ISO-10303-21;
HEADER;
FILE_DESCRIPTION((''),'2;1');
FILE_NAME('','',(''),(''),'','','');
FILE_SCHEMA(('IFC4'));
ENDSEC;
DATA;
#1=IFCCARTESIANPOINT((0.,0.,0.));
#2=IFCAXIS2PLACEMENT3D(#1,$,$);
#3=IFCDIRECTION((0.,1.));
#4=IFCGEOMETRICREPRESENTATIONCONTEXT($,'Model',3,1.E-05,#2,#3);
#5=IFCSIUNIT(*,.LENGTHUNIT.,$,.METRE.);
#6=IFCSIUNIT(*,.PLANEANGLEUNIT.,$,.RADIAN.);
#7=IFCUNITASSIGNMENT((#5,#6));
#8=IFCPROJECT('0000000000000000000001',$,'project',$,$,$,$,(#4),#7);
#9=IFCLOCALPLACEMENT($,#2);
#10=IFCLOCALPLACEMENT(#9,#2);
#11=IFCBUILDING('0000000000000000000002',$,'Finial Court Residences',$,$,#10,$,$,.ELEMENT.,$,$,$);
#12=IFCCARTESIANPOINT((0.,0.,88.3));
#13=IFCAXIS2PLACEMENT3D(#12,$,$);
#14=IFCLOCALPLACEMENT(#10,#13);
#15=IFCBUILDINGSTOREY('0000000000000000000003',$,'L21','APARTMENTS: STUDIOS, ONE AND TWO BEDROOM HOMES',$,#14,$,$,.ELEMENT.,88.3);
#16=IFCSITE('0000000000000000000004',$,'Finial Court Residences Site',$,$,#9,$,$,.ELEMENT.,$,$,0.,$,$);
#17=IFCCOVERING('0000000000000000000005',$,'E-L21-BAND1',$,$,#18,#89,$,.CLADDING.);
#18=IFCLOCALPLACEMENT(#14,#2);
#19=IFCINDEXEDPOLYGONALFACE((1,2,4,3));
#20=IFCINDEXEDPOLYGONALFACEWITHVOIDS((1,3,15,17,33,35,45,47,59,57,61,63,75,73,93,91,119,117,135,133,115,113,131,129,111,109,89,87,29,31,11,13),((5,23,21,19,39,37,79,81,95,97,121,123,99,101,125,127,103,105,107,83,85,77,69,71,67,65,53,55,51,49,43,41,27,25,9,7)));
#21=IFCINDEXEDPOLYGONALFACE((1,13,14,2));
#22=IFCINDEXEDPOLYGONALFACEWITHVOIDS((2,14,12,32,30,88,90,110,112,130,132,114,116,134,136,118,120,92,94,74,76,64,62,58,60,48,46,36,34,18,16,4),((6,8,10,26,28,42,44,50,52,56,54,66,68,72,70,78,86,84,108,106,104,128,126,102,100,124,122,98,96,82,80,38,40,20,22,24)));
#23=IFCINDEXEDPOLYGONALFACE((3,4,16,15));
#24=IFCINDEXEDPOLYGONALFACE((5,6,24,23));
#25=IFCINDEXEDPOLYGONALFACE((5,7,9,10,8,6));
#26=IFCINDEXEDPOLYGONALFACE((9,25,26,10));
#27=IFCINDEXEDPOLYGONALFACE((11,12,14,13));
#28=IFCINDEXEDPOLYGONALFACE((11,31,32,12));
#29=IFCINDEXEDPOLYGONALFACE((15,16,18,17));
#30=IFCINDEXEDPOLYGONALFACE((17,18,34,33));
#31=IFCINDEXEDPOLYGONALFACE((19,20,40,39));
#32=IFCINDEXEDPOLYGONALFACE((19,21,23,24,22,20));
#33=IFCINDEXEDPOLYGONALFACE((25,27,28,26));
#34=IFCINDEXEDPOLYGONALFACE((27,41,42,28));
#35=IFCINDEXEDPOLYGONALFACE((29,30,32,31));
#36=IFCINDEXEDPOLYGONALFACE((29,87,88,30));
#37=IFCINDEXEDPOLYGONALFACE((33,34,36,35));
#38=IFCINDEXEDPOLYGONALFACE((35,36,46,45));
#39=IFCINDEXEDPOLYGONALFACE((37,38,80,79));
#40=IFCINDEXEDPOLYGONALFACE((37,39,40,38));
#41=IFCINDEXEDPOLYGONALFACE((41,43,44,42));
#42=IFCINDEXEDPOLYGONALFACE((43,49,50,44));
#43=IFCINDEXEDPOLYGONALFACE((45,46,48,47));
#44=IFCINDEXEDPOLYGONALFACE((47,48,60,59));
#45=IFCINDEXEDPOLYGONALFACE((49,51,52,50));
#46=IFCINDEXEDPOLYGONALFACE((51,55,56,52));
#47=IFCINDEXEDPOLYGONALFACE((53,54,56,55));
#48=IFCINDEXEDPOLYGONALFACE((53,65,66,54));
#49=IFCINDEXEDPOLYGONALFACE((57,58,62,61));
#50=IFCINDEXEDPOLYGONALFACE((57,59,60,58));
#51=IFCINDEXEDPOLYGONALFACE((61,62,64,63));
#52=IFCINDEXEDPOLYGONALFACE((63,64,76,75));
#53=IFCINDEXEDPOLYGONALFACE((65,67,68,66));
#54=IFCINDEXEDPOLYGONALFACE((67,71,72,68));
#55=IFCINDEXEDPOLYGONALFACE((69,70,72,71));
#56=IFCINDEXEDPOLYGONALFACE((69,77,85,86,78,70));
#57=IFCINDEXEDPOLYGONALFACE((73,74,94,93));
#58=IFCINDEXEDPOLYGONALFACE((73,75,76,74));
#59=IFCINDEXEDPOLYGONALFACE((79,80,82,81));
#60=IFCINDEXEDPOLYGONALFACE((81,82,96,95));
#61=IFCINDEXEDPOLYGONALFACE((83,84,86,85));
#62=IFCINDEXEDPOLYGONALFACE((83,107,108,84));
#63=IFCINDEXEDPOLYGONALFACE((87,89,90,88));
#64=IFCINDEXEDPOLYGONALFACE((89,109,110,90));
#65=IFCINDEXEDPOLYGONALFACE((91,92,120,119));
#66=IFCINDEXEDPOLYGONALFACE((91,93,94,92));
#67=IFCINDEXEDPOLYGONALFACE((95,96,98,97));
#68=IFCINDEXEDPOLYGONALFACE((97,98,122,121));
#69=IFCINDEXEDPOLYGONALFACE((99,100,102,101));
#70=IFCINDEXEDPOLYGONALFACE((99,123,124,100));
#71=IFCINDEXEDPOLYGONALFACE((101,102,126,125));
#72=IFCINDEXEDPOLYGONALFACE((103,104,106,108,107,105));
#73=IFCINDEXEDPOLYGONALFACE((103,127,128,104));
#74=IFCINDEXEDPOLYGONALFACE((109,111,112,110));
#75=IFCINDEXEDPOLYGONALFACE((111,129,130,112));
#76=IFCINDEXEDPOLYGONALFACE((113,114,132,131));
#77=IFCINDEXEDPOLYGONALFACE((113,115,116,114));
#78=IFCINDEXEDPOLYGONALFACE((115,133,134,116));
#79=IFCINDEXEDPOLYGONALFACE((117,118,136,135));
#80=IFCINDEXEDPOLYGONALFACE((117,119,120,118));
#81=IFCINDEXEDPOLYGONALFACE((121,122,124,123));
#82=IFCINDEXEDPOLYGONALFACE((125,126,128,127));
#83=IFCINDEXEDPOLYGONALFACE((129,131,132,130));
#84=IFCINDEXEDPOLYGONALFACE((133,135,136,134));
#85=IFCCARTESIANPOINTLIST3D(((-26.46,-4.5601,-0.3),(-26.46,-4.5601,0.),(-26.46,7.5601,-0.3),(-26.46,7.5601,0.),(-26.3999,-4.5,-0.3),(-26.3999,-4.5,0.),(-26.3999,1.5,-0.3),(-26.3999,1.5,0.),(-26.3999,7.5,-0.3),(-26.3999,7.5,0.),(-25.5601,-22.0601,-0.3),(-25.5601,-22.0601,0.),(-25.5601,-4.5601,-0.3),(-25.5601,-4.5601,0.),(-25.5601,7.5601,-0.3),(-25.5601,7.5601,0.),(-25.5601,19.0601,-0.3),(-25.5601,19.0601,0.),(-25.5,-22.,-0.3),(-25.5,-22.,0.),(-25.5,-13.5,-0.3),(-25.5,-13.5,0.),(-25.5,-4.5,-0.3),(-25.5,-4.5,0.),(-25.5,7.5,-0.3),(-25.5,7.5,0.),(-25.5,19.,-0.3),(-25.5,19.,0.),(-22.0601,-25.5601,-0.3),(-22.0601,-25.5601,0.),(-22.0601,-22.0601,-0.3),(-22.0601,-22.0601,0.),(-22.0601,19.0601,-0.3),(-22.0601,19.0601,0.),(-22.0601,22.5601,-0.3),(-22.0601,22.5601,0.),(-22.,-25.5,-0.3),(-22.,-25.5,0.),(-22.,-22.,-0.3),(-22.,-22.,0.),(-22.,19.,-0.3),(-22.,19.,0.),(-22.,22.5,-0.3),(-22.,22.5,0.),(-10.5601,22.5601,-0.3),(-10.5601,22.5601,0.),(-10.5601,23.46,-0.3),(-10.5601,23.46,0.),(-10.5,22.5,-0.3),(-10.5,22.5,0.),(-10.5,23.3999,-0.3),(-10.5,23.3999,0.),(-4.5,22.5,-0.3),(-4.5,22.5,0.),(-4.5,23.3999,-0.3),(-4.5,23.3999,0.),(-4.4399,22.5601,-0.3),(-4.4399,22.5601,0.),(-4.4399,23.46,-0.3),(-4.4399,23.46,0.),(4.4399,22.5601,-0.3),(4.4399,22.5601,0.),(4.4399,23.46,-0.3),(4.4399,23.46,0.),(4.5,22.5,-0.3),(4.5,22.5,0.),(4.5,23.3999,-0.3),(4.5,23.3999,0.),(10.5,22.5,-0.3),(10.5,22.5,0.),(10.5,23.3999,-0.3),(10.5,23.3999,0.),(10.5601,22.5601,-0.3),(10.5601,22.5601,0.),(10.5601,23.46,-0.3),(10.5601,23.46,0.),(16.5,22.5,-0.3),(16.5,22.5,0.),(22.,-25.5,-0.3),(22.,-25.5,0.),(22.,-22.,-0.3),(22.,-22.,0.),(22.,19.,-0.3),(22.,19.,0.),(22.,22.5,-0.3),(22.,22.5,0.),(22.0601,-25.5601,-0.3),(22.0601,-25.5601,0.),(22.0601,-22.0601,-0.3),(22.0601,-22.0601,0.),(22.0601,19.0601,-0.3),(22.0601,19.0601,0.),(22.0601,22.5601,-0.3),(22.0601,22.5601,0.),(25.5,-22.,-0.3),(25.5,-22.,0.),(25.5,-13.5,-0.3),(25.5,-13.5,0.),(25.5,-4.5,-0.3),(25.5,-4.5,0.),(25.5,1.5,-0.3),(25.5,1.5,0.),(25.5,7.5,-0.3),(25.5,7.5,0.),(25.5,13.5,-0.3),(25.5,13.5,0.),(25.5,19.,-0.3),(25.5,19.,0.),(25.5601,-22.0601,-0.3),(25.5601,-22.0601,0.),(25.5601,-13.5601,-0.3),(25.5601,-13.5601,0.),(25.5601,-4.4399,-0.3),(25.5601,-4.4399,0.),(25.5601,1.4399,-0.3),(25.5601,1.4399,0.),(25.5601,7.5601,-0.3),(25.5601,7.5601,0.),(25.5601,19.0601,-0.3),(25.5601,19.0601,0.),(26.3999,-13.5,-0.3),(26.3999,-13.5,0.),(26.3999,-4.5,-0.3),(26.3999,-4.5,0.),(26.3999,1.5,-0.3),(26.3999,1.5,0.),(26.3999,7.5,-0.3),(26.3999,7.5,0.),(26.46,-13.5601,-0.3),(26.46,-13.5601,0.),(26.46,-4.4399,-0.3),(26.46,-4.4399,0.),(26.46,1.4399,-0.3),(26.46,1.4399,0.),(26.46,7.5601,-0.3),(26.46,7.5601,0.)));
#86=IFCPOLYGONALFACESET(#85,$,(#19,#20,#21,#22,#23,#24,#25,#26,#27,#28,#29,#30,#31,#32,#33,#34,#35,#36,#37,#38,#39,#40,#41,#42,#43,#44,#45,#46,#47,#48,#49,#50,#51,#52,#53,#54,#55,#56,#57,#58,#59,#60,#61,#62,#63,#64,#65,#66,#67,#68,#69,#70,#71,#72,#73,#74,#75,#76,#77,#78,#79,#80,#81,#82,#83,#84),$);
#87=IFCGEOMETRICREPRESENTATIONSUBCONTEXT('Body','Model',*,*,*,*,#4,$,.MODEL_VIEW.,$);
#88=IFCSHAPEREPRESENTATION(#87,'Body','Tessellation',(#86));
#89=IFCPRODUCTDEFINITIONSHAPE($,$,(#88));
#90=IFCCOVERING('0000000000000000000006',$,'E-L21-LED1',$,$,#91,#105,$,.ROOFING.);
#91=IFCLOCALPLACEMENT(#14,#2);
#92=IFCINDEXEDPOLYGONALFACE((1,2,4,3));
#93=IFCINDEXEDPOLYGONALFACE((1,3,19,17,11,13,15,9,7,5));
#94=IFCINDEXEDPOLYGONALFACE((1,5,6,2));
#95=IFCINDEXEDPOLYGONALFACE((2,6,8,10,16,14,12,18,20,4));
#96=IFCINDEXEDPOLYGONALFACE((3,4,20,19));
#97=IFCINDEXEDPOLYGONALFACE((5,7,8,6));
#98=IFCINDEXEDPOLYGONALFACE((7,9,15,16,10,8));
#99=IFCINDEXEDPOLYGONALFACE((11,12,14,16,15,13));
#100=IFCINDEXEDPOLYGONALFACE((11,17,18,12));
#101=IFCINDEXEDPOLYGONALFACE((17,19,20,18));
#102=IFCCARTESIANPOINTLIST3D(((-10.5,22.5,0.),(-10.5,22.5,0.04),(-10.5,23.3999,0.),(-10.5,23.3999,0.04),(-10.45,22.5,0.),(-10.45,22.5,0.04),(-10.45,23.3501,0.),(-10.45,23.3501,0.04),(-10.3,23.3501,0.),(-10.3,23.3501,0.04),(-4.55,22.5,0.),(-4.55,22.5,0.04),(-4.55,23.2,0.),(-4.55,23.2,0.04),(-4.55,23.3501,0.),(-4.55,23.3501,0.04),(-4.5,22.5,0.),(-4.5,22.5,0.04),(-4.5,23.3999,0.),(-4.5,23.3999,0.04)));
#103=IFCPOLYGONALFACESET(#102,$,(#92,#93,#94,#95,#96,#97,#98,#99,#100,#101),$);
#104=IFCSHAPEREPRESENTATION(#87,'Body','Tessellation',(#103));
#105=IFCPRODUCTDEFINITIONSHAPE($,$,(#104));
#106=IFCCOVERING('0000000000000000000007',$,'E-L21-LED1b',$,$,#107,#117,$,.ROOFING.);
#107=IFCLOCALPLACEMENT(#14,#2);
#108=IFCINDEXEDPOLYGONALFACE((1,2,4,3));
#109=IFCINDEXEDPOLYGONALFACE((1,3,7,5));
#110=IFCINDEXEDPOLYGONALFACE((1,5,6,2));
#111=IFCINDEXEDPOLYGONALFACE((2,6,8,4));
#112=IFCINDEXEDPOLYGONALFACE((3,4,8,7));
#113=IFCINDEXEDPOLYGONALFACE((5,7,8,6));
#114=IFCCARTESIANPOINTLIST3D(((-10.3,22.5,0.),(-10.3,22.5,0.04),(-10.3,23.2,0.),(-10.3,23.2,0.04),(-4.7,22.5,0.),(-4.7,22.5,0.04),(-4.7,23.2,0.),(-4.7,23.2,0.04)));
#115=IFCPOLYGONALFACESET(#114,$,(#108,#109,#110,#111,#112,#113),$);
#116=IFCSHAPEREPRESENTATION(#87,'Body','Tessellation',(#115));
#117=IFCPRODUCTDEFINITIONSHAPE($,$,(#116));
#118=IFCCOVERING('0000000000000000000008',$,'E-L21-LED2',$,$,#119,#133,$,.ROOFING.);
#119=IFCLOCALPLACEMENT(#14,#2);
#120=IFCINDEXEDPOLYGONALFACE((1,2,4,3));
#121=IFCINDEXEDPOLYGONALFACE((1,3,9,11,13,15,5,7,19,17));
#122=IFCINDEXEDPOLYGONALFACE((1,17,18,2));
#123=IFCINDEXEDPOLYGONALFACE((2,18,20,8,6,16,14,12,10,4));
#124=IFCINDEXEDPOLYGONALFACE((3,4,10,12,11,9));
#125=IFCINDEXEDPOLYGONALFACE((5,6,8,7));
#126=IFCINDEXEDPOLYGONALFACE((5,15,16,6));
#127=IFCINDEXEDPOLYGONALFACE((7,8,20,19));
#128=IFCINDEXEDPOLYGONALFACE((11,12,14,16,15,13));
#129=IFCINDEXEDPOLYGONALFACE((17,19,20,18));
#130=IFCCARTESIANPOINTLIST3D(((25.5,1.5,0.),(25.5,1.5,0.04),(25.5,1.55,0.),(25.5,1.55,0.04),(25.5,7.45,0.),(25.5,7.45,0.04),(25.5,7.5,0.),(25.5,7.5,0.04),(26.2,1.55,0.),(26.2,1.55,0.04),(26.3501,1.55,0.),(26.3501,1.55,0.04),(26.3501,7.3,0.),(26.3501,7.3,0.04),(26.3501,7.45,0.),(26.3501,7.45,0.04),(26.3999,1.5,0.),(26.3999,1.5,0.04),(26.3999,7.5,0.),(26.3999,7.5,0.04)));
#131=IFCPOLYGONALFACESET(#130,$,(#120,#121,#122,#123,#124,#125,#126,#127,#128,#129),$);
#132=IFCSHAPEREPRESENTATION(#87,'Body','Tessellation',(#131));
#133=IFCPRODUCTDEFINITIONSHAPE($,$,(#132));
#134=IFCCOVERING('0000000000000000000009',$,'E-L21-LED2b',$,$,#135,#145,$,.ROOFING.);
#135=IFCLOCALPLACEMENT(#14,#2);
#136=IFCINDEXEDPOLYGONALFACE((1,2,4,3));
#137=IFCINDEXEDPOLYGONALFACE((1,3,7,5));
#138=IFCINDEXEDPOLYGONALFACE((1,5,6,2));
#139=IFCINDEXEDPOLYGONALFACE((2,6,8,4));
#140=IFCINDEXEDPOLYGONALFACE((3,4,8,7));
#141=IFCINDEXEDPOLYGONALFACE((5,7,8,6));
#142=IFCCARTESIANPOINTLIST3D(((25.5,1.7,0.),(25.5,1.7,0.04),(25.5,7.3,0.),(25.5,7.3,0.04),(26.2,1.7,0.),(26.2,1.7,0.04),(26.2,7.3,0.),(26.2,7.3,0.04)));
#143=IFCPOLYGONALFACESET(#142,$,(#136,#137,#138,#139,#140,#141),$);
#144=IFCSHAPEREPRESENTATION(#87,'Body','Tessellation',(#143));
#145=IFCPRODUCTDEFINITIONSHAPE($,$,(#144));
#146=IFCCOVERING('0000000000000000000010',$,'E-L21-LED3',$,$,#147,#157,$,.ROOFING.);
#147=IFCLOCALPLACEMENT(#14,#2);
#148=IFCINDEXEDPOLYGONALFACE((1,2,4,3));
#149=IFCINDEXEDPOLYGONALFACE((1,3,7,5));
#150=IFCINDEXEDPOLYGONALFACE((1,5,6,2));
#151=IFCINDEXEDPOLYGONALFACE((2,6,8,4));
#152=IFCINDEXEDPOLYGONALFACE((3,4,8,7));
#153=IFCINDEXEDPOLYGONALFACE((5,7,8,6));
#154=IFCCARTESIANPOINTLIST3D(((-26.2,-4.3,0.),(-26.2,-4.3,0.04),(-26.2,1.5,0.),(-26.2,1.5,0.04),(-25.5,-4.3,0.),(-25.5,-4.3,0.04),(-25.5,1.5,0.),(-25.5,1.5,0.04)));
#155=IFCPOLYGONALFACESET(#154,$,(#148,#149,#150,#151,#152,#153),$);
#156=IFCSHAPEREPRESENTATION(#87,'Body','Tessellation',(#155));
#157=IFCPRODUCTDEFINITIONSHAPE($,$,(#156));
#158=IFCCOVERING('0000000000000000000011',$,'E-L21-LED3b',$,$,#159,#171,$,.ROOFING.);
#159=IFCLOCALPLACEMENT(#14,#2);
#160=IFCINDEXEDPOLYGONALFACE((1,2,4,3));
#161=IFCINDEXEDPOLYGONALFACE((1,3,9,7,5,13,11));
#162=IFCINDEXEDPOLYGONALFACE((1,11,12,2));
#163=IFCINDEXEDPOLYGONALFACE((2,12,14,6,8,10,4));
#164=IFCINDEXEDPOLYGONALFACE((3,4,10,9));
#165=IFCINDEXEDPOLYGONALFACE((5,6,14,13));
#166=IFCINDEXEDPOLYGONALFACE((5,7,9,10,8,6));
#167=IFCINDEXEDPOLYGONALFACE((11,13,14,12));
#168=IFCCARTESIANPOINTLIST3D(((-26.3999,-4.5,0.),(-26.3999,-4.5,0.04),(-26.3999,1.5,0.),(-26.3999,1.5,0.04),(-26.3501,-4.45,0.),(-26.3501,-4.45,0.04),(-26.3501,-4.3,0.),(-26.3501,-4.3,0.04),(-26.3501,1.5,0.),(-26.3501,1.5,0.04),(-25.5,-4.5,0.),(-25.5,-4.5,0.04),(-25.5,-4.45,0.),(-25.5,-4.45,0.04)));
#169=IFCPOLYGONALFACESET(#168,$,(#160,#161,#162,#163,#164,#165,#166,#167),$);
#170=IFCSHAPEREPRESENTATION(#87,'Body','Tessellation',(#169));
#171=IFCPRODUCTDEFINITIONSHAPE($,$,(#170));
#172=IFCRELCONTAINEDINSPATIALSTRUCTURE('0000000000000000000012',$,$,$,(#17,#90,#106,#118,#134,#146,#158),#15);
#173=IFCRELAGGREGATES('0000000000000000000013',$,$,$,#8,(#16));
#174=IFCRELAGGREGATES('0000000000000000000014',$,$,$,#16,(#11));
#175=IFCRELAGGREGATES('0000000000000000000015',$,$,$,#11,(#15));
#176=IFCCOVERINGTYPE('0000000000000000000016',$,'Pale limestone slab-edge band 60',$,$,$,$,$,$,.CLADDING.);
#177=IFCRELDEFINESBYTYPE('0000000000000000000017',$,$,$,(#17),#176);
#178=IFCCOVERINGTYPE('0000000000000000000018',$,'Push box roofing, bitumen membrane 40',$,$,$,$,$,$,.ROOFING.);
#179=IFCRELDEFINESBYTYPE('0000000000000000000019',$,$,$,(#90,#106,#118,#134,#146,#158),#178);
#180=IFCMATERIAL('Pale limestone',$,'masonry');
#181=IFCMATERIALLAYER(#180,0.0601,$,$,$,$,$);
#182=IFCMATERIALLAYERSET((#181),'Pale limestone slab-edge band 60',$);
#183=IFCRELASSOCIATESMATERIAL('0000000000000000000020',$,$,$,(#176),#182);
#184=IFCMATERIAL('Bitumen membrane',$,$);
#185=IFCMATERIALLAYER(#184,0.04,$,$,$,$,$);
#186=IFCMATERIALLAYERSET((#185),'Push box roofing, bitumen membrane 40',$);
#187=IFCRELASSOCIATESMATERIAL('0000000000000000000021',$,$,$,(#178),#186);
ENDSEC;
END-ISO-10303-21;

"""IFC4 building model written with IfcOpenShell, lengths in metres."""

from ifc_helpers import new_model, si_unit, direction, frame, origin, place, context, subcontext, project, spatial, polyline, outline, extrude, material, layer, layer_set, type_object, element, save


model = new_model("IFC4")

# Units and contexts
model_context = context("Model", 3, precision=1e-05, world=origin(), true_north=direction((0.0, 1.0)))
body_context = subcontext(model_context, "Body", "Model", "MODEL_VIEW")
ifc_project = project(units=[si_unit("LENGTHUNIT", "METRE"), si_unit("PLANEANGLEUNIT", "RADIAN")], contexts=[model_context])

# Site, building, storey
site_placement = place(None, origin())
site = spatial("IfcSite", under=ifc_project, at=site_placement, Name="Finial Court Residences Site", CompositionType="ELEMENT", RefElevation=0.0)
building_placement = place(site_placement, origin())
building = spatial("IfcBuilding", under=site, at=building_placement, Name="Finial Court Residences", CompositionType="ELEMENT")
storey_placement = place(building_placement, frame((0.0, 0.0, 88.3)))
storey = spatial("IfcBuildingStorey", under=building, at=storey_placement, Name="L21", Description="APARTMENTS: STUDIOS, ONE AND TWO BEDROOM HOMES", CompositionType="ELEMENT", Elevation=88.3)

# Coverings
ifc_material_1 = material(Name="Pale limestone", Category="masonry")
ifc_layer_1 = layer(ifc_material_1, 0.0601)
ifc_layer_set_1 = layer_set([ifc_layer_1], Name="Pale limestone slab-edge band 60")
covering_type_1 = type_object("IfcCoveringType", Name="Pale limestone slab-edge band 60", PredefinedType="CLADDING", material=ifc_layer_set_1)
covering_1_placement = place(storey_placement, frame((0.0, 0.0, -0.3)))
element("IfcCovering", 1, at=covering_1_placement, inside=storey, type_object=covering_type_1, Name="E-L21-BAND1", PredefinedType="CLADDING", context=body_context, shape_type="SweptSolid", body=[
    extrude(outline(polyline([(-26.46, 7.5601), (-25.5601, 7.5601), (-25.5601, 19.0601), (-22.0601, 19.0601), (-22.0601, 22.5601), (-10.5601, 22.5601), (-10.5601, 23.46), (-4.4399, 23.46), (-4.4399, 22.5601), (4.4399, 22.5601), (4.4399, 23.46), (10.5601, 23.46), (10.5601, 22.5601), (22.0601, 22.5601), (22.0601, 19.0601), (25.5601, 19.0601), (25.5601, 7.5601), (26.46, 7.5601), (26.46, 1.4399), (25.5601, 1.4399), (25.5601, -4.4399), (26.46, -4.4399), (26.46, -13.5601), (25.5601, -13.5601), (25.5601, -22.0601), (22.0601, -22.0601), (22.0601, -25.5601), (-22.0601, -25.5601), (-22.0601, -22.0601), (-25.5601, -22.0601), (-25.5601, -4.5601), (-26.46, -4.5601), (-26.46, 7.5601)]), holes=[polyline([(-25.5, -4.5), (-25.5, -13.5), (-25.5, -22.0), (-22.0, -22.0), (-22.0, -25.5), (22.0, -25.5), (22.0, -22.0), (25.5, -22.0), (25.5, -13.5), (26.3999, -13.5), (26.3999, -4.5), (25.5, -4.5), (25.5, 1.5), (26.3999, 1.5), (26.3999, 7.5), (25.5, 7.5), (25.5, 13.5), (25.5, 19.0), (22.0, 19.0), (22.0, 22.5), (16.5, 22.5), (10.5, 22.5), (10.5, 23.3999), (4.5, 23.3999), (4.5, 22.5), (-4.5, 22.5), (-4.5, 23.3999), (-10.5, 23.3999), (-10.5, 22.5), (-22.0, 22.5), (-22.0, 19.0), (-25.5, 19.0), (-25.5, 7.5), (-26.3999, 7.5), (-26.3999, 1.5), (-26.3999, -4.5), (-25.5, -4.5)])]), origin(), (0.0, 0.0, 1.0), 0.3),
])
ifc_material_2 = material(Name="Bitumen membrane")
ifc_layer_2 = layer(ifc_material_2, 0.04)
ifc_layer_set_2 = layer_set([ifc_layer_2], Name="Push box roofing, bitumen membrane 40")
covering_type_2 = type_object("IfcCoveringType", Name="Push box roofing, bitumen membrane 40", PredefinedType="ROOFING", material=ifc_layer_set_2)
covering_2_placement = place(storey_placement, origin())
element("IfcCovering", 2, at=covering_2_placement, inside=storey, type_object=covering_type_2, Name="E-L21-LED1", PredefinedType="ROOFING", context=body_context, shape_type="SweptSolid", body=[
    extrude(outline(polyline([(-4.55, 22.5), (-4.55, 23.2), (-4.55, 23.3501), (-10.3, 23.3501), (-10.3, 23.3501), (-10.45, 23.3501), (-10.45, 22.5), (-10.5, 22.5), (-10.5, 23.3999), (-4.5, 23.3999), (-4.5, 22.5), (-4.55, 22.5)])), origin(), (0.0, 0.0, 1.0), 0.04),
])
covering_3_placement = place(storey_placement, origin())
element("IfcCovering", 3, at=covering_3_placement, inside=storey, type_object=covering_type_2, Name="E-L21-LED1b", PredefinedType="ROOFING", context=body_context, shape_type="SweptSolid", body=[
    extrude(outline(polyline([(-10.3, 22.5), (-10.3, 23.2), (-4.7, 23.2), (-4.7, 22.5), (-10.3, 22.5)])), origin(), (0.0, 0.0, 1.0), 0.04),
])
covering_4_placement = place(storey_placement, origin())
element("IfcCovering", 4, at=covering_4_placement, inside=storey, type_object=covering_type_2, Name="E-L21-LED2", PredefinedType="ROOFING", context=body_context, shape_type="SweptSolid", body=[
    extrude(outline(polyline([(25.5, 1.55), (26.2, 1.55), (26.3501, 1.55), (26.3501, 7.3), (26.3501, 7.3), (26.3501, 7.45), (25.5, 7.45), (25.5, 7.5), (26.3999, 7.5), (26.3999, 1.5), (25.5, 1.5), (25.5, 1.55)])), origin(), (0.0, 0.0, 1.0), 0.04),
])
covering_5_placement = place(storey_placement, origin())
element("IfcCovering", 5, at=covering_5_placement, inside=storey, type_object=covering_type_2, Name="E-L21-LED2b", PredefinedType="ROOFING", context=body_context, shape_type="SweptSolid", body=[
    extrude(outline(polyline([(25.5, 7.3), (26.2, 7.3), (26.2, 1.7), (25.5, 1.7), (25.5, 7.3)])), origin(), (0.0, 0.0, 1.0), 0.04),
])
covering_6_placement = place(storey_placement, origin())
element("IfcCovering", 6, at=covering_6_placement, inside=storey, type_object=covering_type_2, Name="E-L21-LED3", PredefinedType="ROOFING", context=body_context, shape_type="SweptSolid", body=[
    extrude(outline(polyline([(-25.5, -4.3), (-26.2, -4.3), (-26.2, 1.5), (-25.5, 1.5), (-25.5, -4.3)])), origin(), (0.0, 0.0, 1.0), 0.04),
])
covering_7_placement = place(storey_placement, origin())
element("IfcCovering", 7, at=covering_7_placement, inside=storey, type_object=covering_type_2, Name="E-L21-LED3b", PredefinedType="ROOFING", context=body_context, shape_type="SweptSolid", body=[
    extrude(outline(polyline([(-25.5, -4.5), (-26.3999, -4.5), (-26.3999, 1.5), (-26.3501, 1.5), (-26.3501, -4.3), (-26.3501, -4.3), (-26.3501, -4.45), (-25.5, -4.45), (-25.5, -4.5)])), origin(), (0.0, 0.0, 1.0), 0.04),
])

save(model, "model.ifc")
